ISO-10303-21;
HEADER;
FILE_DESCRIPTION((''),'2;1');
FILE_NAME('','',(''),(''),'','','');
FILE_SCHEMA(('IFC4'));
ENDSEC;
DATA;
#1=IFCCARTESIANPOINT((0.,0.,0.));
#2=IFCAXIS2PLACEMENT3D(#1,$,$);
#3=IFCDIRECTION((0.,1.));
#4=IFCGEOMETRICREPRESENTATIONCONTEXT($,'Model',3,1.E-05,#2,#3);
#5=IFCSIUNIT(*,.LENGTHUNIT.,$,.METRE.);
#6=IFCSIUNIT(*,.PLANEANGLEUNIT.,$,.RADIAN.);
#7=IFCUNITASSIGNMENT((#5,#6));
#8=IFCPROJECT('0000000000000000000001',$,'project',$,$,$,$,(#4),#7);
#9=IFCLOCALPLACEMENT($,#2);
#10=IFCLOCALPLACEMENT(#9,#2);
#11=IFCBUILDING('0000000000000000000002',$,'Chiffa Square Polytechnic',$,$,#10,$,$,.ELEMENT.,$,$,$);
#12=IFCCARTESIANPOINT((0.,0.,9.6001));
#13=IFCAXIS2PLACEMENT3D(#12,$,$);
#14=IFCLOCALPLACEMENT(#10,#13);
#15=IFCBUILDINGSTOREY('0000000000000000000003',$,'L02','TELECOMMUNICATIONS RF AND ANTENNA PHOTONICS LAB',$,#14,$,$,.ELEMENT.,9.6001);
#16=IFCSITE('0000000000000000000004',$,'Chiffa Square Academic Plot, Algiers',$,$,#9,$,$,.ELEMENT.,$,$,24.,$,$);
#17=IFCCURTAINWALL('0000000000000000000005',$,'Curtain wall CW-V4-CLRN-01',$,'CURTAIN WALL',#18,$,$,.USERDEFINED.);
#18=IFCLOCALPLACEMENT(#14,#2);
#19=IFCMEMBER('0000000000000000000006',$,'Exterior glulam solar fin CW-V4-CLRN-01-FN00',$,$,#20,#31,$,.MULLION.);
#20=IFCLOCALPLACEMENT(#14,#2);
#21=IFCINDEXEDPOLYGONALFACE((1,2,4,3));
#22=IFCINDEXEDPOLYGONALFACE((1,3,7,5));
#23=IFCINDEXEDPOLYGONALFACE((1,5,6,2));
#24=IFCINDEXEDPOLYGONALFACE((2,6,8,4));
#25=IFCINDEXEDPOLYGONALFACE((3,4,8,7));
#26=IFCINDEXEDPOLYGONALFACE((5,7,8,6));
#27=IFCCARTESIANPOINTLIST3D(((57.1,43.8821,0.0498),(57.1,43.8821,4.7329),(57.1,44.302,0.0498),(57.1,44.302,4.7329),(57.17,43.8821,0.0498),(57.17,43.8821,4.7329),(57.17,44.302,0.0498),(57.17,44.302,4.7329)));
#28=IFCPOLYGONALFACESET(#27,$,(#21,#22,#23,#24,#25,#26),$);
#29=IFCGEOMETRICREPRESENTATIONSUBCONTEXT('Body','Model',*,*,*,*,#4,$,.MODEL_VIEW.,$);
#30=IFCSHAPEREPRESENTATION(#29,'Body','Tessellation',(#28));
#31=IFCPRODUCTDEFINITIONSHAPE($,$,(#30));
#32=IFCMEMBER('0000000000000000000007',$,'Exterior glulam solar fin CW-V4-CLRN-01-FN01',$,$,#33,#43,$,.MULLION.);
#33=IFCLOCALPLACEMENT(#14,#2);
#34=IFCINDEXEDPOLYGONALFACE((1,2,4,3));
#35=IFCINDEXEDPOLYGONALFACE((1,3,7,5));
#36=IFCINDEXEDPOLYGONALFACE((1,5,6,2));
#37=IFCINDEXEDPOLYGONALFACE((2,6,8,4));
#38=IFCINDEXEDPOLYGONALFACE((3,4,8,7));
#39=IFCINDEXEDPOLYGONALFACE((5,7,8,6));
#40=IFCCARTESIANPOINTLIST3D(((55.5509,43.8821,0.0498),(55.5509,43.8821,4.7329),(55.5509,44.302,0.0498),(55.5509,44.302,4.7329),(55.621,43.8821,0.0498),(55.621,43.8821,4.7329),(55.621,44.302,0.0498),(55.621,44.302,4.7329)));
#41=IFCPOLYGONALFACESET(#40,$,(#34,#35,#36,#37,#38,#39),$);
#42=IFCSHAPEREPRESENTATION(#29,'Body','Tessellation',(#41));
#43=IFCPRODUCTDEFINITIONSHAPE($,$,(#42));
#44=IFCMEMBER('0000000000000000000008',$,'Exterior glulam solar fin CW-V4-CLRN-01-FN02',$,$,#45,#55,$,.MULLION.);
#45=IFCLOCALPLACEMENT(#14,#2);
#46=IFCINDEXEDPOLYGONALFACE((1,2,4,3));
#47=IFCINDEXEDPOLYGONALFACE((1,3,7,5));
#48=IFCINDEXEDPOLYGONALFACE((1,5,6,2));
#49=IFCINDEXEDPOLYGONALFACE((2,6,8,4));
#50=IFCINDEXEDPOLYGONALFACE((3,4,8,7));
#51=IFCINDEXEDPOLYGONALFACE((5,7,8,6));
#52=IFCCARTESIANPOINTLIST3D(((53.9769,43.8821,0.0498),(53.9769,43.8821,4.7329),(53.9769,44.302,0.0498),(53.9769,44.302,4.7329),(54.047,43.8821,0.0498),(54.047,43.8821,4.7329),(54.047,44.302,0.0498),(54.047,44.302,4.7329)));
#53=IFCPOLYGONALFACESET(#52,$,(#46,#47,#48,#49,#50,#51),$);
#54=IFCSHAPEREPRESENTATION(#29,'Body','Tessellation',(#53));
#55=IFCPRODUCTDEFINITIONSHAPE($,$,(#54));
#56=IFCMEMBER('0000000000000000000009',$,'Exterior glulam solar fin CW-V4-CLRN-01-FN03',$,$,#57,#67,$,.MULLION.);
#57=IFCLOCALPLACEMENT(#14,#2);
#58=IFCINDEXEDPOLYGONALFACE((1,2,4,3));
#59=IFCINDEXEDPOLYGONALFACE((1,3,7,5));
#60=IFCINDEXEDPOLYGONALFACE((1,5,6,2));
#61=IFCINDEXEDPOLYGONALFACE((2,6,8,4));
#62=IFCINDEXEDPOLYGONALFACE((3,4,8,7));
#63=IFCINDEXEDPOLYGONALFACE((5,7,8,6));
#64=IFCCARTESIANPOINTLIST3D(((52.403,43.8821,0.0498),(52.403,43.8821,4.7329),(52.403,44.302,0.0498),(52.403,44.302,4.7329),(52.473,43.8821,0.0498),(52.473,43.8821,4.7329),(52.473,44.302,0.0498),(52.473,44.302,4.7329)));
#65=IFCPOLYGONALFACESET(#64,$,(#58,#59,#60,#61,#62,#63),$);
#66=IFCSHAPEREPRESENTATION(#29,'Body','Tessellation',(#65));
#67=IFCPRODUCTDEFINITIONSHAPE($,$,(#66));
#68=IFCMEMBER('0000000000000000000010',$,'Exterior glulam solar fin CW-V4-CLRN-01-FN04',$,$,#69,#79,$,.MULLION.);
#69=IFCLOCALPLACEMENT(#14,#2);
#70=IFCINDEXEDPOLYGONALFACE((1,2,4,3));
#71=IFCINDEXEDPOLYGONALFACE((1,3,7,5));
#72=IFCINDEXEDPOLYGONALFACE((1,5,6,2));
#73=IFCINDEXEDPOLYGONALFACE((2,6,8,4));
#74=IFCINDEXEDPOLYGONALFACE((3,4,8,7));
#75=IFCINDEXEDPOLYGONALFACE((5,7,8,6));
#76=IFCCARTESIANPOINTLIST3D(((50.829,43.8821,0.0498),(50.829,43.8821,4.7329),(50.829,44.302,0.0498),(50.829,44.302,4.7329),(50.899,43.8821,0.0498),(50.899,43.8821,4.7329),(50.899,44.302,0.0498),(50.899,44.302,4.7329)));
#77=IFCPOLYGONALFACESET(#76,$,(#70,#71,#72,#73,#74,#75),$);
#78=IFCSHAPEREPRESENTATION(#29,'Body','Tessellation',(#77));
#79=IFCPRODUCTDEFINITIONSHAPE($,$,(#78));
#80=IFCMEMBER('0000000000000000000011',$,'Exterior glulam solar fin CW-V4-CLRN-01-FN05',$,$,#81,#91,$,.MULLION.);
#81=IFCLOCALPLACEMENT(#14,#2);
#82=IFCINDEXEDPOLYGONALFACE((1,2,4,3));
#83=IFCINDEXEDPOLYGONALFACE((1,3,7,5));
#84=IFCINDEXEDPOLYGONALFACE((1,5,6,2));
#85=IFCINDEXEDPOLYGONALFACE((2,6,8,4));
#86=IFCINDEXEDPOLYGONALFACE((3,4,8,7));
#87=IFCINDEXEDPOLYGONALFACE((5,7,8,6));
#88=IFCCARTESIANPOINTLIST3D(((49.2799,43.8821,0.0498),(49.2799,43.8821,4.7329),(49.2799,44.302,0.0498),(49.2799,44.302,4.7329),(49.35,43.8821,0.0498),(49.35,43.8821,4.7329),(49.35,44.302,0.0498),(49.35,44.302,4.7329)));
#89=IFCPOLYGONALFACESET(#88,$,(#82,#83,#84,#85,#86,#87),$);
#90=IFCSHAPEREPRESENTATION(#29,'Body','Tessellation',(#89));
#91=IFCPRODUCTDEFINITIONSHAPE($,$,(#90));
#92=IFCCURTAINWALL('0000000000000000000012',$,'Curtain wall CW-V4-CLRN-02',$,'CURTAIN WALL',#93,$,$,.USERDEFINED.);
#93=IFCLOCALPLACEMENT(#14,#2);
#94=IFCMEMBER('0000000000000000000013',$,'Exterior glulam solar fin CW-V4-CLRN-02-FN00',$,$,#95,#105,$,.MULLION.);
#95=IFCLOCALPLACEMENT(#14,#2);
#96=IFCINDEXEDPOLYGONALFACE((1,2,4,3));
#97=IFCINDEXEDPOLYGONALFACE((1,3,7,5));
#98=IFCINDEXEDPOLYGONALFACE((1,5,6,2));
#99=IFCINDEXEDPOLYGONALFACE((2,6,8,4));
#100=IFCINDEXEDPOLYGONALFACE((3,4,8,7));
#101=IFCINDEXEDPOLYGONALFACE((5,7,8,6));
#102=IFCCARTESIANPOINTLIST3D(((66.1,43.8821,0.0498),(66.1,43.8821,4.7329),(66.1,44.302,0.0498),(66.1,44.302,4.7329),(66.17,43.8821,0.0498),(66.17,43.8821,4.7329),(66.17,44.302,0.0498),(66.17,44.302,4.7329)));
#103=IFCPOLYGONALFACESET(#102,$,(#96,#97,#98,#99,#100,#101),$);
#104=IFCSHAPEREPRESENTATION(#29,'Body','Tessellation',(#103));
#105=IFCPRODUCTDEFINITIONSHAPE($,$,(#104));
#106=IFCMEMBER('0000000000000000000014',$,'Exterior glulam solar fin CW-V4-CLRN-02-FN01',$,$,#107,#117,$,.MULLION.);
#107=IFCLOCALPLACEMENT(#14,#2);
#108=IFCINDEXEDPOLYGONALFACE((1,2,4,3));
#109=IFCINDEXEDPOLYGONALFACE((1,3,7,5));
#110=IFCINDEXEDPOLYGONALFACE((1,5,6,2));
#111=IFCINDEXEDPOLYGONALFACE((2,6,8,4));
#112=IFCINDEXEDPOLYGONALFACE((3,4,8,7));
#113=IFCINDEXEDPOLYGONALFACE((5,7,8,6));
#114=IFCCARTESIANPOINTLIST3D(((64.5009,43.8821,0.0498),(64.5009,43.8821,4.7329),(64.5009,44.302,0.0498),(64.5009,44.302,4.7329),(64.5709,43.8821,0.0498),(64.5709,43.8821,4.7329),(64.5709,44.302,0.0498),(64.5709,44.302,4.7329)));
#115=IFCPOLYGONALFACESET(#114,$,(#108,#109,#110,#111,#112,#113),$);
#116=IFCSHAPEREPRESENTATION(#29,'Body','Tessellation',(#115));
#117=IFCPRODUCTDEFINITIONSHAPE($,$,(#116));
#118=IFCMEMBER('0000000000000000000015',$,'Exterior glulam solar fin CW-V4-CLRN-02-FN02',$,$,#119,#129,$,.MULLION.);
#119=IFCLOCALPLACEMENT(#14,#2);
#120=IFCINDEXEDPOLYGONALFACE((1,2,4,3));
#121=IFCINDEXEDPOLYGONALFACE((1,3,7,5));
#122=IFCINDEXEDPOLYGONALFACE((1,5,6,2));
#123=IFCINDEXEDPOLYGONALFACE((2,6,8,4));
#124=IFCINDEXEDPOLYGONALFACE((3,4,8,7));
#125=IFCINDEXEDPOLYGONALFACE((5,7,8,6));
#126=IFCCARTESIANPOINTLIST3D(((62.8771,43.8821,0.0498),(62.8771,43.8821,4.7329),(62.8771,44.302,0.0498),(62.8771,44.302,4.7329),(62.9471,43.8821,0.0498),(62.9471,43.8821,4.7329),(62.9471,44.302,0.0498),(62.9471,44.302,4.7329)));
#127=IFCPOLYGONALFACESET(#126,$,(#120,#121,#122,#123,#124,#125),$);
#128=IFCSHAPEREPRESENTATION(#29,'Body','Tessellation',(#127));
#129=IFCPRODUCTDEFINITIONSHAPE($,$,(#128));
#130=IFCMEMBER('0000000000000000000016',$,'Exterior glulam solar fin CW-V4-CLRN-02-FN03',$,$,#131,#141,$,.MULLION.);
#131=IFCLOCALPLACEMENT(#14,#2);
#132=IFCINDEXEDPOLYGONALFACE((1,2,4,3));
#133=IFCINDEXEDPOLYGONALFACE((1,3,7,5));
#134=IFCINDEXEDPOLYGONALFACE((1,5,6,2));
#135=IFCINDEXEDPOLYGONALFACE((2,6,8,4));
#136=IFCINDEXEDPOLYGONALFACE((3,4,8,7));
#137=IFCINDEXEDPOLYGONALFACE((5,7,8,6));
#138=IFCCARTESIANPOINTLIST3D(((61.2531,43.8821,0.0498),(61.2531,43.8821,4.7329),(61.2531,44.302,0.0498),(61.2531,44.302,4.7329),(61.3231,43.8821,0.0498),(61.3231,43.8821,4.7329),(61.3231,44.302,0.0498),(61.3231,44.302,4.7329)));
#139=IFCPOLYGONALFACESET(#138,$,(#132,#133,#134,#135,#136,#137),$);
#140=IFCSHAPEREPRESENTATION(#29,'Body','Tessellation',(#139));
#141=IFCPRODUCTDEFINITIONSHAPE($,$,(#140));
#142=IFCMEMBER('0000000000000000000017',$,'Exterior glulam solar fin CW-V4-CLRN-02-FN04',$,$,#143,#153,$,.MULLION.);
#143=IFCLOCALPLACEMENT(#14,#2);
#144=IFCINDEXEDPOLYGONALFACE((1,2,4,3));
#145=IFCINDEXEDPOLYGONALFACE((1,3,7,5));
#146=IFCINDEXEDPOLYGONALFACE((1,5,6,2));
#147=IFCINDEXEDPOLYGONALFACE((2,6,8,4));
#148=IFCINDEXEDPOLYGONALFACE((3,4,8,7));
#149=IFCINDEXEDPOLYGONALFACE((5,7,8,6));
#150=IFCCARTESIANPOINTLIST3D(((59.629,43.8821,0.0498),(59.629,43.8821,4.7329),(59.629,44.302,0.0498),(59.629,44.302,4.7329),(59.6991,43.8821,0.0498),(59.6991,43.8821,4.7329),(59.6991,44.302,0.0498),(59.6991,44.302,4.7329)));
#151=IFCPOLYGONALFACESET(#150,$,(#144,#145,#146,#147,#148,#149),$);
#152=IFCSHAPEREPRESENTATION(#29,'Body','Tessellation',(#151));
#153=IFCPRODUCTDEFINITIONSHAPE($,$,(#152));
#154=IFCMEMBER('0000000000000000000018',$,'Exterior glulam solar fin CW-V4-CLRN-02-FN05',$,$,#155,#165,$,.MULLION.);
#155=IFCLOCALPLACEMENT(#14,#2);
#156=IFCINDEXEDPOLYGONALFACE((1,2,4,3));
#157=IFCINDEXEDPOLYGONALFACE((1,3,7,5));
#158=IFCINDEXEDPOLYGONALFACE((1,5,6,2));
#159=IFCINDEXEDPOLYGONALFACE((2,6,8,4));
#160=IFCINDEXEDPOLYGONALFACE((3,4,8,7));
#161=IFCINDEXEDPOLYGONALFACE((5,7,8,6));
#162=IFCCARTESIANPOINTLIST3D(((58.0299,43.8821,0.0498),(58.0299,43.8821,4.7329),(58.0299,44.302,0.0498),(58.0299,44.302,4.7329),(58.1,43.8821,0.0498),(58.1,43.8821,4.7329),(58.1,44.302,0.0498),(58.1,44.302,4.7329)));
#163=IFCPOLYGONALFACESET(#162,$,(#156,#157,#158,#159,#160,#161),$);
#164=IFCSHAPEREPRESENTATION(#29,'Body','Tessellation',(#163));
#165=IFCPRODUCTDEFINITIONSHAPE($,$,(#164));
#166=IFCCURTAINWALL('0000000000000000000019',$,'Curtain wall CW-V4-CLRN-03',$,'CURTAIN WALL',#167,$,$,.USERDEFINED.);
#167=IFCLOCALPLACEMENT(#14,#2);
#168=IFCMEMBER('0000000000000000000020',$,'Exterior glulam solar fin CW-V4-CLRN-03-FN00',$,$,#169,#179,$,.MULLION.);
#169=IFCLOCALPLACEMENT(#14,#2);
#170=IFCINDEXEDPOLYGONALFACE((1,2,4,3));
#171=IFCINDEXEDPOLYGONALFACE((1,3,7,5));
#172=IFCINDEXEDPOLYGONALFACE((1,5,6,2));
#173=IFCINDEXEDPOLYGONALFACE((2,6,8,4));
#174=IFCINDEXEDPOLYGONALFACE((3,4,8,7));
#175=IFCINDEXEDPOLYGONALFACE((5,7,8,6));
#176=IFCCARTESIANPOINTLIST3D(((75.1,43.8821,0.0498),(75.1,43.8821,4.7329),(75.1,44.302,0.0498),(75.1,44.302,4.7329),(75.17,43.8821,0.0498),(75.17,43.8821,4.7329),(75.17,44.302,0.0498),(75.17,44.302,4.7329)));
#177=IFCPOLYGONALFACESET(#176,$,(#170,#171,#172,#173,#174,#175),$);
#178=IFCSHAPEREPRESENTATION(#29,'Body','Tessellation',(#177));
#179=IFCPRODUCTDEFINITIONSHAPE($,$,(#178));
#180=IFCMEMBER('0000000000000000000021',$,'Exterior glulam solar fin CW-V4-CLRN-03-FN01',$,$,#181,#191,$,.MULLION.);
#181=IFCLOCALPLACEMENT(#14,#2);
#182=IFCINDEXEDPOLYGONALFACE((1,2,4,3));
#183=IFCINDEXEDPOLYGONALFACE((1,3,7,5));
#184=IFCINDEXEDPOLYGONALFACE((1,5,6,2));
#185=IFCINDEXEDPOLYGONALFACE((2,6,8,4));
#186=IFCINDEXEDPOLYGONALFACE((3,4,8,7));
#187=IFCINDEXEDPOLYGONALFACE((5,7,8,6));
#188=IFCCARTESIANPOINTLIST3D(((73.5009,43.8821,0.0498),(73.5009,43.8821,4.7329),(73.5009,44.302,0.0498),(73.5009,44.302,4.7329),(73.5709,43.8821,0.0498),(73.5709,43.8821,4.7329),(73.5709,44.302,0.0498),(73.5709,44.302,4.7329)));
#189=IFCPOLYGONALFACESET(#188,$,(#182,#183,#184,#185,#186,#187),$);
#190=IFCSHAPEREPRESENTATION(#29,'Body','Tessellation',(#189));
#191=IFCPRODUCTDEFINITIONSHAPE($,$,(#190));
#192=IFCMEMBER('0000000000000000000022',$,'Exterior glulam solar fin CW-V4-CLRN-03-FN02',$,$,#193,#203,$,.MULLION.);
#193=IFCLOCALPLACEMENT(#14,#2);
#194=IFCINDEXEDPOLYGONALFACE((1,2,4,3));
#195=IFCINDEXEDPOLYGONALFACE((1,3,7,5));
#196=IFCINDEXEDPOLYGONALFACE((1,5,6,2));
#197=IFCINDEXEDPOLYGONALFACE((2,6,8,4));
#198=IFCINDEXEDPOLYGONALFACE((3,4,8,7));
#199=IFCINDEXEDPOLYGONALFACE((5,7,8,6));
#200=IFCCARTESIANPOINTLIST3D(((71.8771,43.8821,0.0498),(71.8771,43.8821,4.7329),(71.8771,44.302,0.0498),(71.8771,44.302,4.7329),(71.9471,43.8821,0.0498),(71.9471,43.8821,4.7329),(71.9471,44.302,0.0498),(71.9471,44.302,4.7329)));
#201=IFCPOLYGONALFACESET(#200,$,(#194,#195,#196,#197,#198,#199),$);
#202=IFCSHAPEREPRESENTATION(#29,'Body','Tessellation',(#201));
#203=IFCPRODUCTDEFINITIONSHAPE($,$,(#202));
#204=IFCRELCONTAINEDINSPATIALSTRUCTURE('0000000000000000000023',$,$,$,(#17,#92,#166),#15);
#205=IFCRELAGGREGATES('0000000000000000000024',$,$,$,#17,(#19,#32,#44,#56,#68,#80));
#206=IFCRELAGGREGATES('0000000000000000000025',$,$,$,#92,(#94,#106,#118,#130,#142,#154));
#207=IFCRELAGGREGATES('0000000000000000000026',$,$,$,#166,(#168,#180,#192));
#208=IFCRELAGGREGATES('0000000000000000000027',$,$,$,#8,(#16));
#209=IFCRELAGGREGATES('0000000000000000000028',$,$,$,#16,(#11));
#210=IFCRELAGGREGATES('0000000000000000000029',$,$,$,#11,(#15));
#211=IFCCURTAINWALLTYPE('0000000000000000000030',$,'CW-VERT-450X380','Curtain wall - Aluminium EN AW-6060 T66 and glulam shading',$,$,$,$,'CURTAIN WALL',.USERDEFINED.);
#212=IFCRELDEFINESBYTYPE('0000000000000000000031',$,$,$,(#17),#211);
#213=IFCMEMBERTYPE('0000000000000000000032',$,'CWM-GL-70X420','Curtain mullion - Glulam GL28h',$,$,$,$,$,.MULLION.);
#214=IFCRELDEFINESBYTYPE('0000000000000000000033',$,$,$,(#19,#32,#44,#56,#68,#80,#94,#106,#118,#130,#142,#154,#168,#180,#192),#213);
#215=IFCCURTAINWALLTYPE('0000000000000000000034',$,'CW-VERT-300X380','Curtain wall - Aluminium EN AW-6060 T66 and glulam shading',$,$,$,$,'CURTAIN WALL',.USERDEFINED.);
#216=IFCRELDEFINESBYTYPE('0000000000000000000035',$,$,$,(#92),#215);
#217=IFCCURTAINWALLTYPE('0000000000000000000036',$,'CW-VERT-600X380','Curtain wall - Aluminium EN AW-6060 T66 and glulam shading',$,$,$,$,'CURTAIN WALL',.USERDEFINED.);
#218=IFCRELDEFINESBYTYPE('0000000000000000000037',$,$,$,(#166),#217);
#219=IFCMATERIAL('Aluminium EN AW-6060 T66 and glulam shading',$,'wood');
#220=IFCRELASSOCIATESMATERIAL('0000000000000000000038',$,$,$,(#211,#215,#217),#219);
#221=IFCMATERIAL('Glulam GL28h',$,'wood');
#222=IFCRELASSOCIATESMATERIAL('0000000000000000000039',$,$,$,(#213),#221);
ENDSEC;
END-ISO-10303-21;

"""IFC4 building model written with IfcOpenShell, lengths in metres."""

from ifc_helpers import new_model, si_unit, direction, frame, origin, origin_2d, place, context, subcontext, project, spatial, rectangle, extrude, material, material_profile, profile_set, type_object, element, aggregate, save


model = new_model("IFC4")

# Units and contexts
model_context = context("Model", 3, precision=1e-05, world=origin(), true_north=direction((0.0, 1.0)))
body_context = subcontext(model_context, "Body", "Model", "MODEL_VIEW")
ifc_project = project(units=[si_unit("LENGTHUNIT", "METRE"), si_unit("PLANEANGLEUNIT", "RADIAN")], contexts=[model_context])

# Site, building, storey
site_placement = place(None, origin())
site = spatial("IfcSite", under=ifc_project, at=site_placement, Name="Chiffa Square Academic Plot, Algiers", CompositionType="ELEMENT", RefElevation=24.0)
building_placement = place(site_placement, origin())
building = spatial("IfcBuilding", under=site, at=building_placement, Name="Chiffa Square Polytechnic", CompositionType="ELEMENT")
storey_placement = place(building_placement, frame((0.0, 0.0, 9.6001)))
storey = spatial("IfcBuildingStorey", under=building, at=storey_placement, Name="L02", Description="TELECOMMUNICATIONS RF AND ANTENNA PHOTONICS LAB", CompositionType="ELEMENT", Elevation=9.6001)

# Curtain walls, members
ifc_material_1 = material(Name="Aluminium EN AW-6060 T66 and glulam shading", Category="wood")
curtain_wall_type_1 = type_object("IfcCurtainWallType", Name="CW-VERT-450X380", Description="Curtain wall - Aluminium EN AW-6060 T66 and glulam shading", ElementType="CURTAIN WALL", PredefinedType="USERDEFINED", material=ifc_material_1)
curtain_wall_1_placement = place(storey_placement, origin())
curtain_wall_1 = element("IfcCurtainWall", 1, at=curtain_wall_1_placement, inside=storey, type_object=curtain_wall_type_1, Name="Curtain wall CW-V4-CLRN-01", ObjectType="CURTAIN WALL", PredefinedType="USERDEFINED")
ifc_material_2 = material(Name="Glulam GL28h", Category="wood")
ifc_material_profile_1 = material_profile(ifc_material_2, rectangle(XDim=0.0701, YDim=0.4199, at=origin_2d()), Name="GL28h 70x420")
ifc_profile_set_1 = profile_set([ifc_material_profile_1], Name="Glulam GL28h")
member_type_1 = type_object("IfcMemberType", Name="CWM-GL-70X420", Description="Curtain mullion - Glulam GL28h", PredefinedType="MULLION", material=ifc_profile_set_1)
member_1_placement = place(storey_placement, frame((57.135, 44.092, 0.0498), z_axis=(0.0, 0.0, 1.0), x_axis=(-1.0, 0.0, 0.0)))
member_1 = element("IfcMember", 2, at=member_1_placement, type_object=member_type_1, Name="Exterior glulam solar fin CW-V4-CLRN-01-FN00", PredefinedType="MULLION", context=body_context, shape_type="SweptSolid", body=[
    extrude(rectangle(XDim=0.0701, YDim=0.4199, at=origin_2d()), origin(), (0.0, 0.0, 1.0), 4.6831),
])
member_2_placement = place(storey_placement, frame((55.5859, 44.092, 0.0498), z_axis=(0.0, 0.0, 1.0), x_axis=(-1.0, 0.0, 0.0)))
member_2 = element("IfcMember", 3, at=member_2_placement, type_object=member_type_1, Name="Exterior glulam solar fin CW-V4-CLRN-01-FN01", PredefinedType="MULLION", context=body_context, shape_type="SweptSolid", body=[
    extrude(rectangle(XDim=0.0701, YDim=0.4199, at=origin_2d()), origin(), (0.0, 0.0, 1.0), 4.6831),
])
member_3_placement = place(storey_placement, frame((54.012, 44.092, 0.0498), z_axis=(0.0, 0.0, 1.0), x_axis=(-1.0, 0.0, 0.0)))
member_3 = element("IfcMember", 4, at=member_3_placement, type_object=member_type_1, Name="Exterior glulam solar fin CW-V4-CLRN-01-FN02", PredefinedType="MULLION", context=body_context, shape_type="SweptSolid", body=[
    extrude(rectangle(XDim=0.0701, YDim=0.4199, at=origin_2d()), origin(), (0.0, 0.0, 1.0), 4.6831),
])
member_4_placement = place(storey_placement, frame((52.438, 44.092, 0.0498), z_axis=(0.0, 0.0, 1.0), x_axis=(-1.0, 0.0, 0.0)))
member_4 = element("IfcMember", 5, at=member_4_placement, type_object=member_type_1, Name="Exterior glulam solar fin CW-V4-CLRN-01-FN03", PredefinedType="MULLION", context=body_context, shape_type="SweptSolid", body=[
    extrude(rectangle(XDim=0.0701, YDim=0.4199, at=origin_2d()), origin(), (0.0, 0.0, 1.0), 4.6831),
])
member_5_placement = place(storey_placement, frame((50.864, 44.092, 0.0498), z_axis=(0.0, 0.0, 1.0), x_axis=(-1.0, 0.0, 0.0)))
member_5 = element("IfcMember", 6, at=member_5_placement, type_object=member_type_1, Name="Exterior glulam solar fin CW-V4-CLRN-01-FN04", PredefinedType="MULLION", context=body_context, shape_type="SweptSolid", body=[
    extrude(rectangle(XDim=0.0701, YDim=0.4199, at=origin_2d()), origin(), (0.0, 0.0, 1.0), 4.6831),
])
member_6_placement = place(storey_placement, frame((49.3149, 44.092, 0.0498), z_axis=(0.0, 0.0, 1.0), x_axis=(-1.0, 0.0, 0.0)))
member_6 = element("IfcMember", 7, at=member_6_placement, type_object=member_type_1, Name="Exterior glulam solar fin CW-V4-CLRN-01-FN05", PredefinedType="MULLION", context=body_context, shape_type="SweptSolid", body=[
    extrude(rectangle(XDim=0.0701, YDim=0.4199, at=origin_2d()), origin(), (0.0, 0.0, 1.0), 4.6831),
])
curtain_wall_type_2 = type_object("IfcCurtainWallType", Name="CW-VERT-300X380", Description="Curtain wall - Aluminium EN AW-6060 T66 and glulam shading", ElementType="CURTAIN WALL", PredefinedType="USERDEFINED", material=ifc_material_1)
curtain_wall_2_placement = place(storey_placement, origin())
curtain_wall_2 = element("IfcCurtainWall", 8, at=curtain_wall_2_placement, inside=storey, type_object=curtain_wall_type_2, Name="Curtain wall CW-V4-CLRN-02", ObjectType="CURTAIN WALL", PredefinedType="USERDEFINED")
member_7_placement = place(storey_placement, frame((66.135, 44.092, 0.0498), z_axis=(0.0, 0.0, 1.0), x_axis=(-1.0, 0.0, 0.0)))
member_7 = element("IfcMember", 9, at=member_7_placement, type_object=member_type_1, Name="Exterior glulam solar fin CW-V4-CLRN-02-FN00", PredefinedType="MULLION", context=body_context, shape_type="SweptSolid", body=[
    extrude(rectangle(XDim=0.0701, YDim=0.4199, at=origin_2d()), origin(), (0.0, 0.0, 1.0), 4.6831),
])
member_8_placement = place(storey_placement, frame((64.5359, 44.092, 0.0498), z_axis=(0.0, 0.0, 1.0), x_axis=(-1.0, 0.0, 0.0)))
member_8 = element("IfcMember", 10, at=member_8_placement, type_object=member_type_1, Name="Exterior glulam solar fin CW-V4-CLRN-02-FN01", PredefinedType="MULLION", context=body_context, shape_type="SweptSolid", body=[
    extrude(rectangle(XDim=0.0701, YDim=0.4199, at=origin_2d()), origin(), (0.0, 0.0, 1.0), 4.6831),
])
member_9_placement = place(storey_placement, frame((62.9121, 44.092, 0.0498), z_axis=(0.0, 0.0, 1.0), x_axis=(-1.0, 0.0, 0.0)))
member_9 = element("IfcMember", 11, at=member_9_placement, type_object=member_type_1, Name="Exterior glulam solar fin CW-V4-CLRN-02-FN02", PredefinedType="MULLION", context=body_context, shape_type="SweptSolid", body=[
    extrude(rectangle(XDim=0.0701, YDim=0.4199, at=origin_2d()), origin(), (0.0, 0.0, 1.0), 4.6831),
])
member_10_placement = place(storey_placement, frame((61.2881, 44.092, 0.0498), z_axis=(0.0, 0.0, 1.0), x_axis=(-1.0, 0.0, 0.0)))
member_10 = element("IfcMember", 12, at=member_10_placement, type_object=member_type_1, Name="Exterior glulam solar fin CW-V4-CLRN-02-FN03", PredefinedType="MULLION", context=body_context, shape_type="SweptSolid", body=[
    extrude(rectangle(XDim=0.0701, YDim=0.4199, at=origin_2d()), origin(), (0.0, 0.0, 1.0), 4.6831),
])
member_11_placement = place(storey_placement, frame((59.6641, 44.092, 0.0498), z_axis=(0.0, 0.0, 1.0), x_axis=(-1.0, 0.0, 0.0)))
member_11 = element("IfcMember", 13, at=member_11_placement, type_object=member_type_1, Name="Exterior glulam solar fin CW-V4-CLRN-02-FN04", PredefinedType="MULLION", context=body_context, shape_type="SweptSolid", body=[
    extrude(rectangle(XDim=0.0701, YDim=0.4199, at=origin_2d()), origin(), (0.0, 0.0, 1.0), 4.6831),
])
member_12_placement = place(storey_placement, frame((58.0649, 44.092, 0.0498), z_axis=(0.0, 0.0, 1.0), x_axis=(-1.0, 0.0, 0.0)))
member_12 = element("IfcMember", 14, at=member_12_placement, type_object=member_type_1, Name="Exterior glulam solar fin CW-V4-CLRN-02-FN05", PredefinedType="MULLION", context=body_context, shape_type="SweptSolid", body=[
    extrude(rectangle(XDim=0.0701, YDim=0.4199, at=origin_2d()), origin(), (0.0, 0.0, 1.0), 4.6831),
])
curtain_wall_type_3 = type_object("IfcCurtainWallType", Name="CW-VERT-600X380", Description="Curtain wall - Aluminium EN AW-6060 T66 and glulam shading", ElementType="CURTAIN WALL", PredefinedType="USERDEFINED", material=ifc_material_1)
curtain_wall_3_placement = place(storey_placement, origin())
curtain_wall_3 = element("IfcCurtainWall", 15, at=curtain_wall_3_placement, inside=storey, type_object=curtain_wall_type_3, Name="Curtain wall CW-V4-CLRN-03", ObjectType="CURTAIN WALL", PredefinedType="USERDEFINED")
member_13_placement = place(storey_placement, frame((75.135, 44.092, 0.0498), z_axis=(0.0, 0.0, 1.0), x_axis=(-1.0, 0.0, 0.0)))
member_13 = element("IfcMember", 16, at=member_13_placement, type_object=member_type_1, Name="Exterior glulam solar fin CW-V4-CLRN-03-FN00", PredefinedType="MULLION", context=body_context, shape_type="SweptSolid", body=[
    extrude(rectangle(XDim=0.0701, YDim=0.4199, at=origin_2d()), origin(), (0.0, 0.0, 1.0), 4.6831),
])
member_14_placement = place(storey_placement, frame((73.5359, 44.092, 0.0498), z_axis=(0.0, 0.0, 1.0), x_axis=(-1.0, 0.0, 0.0)))
member_14 = element("IfcMember", 17, at=member_14_placement, type_object=member_type_1, Name="Exterior glulam solar fin CW-V4-CLRN-03-FN01", PredefinedType="MULLION", context=body_context, shape_type="SweptSolid", body=[
    extrude(rectangle(XDim=0.0701, YDim=0.4199, at=origin_2d()), origin(), (0.0, 0.0, 1.0), 4.6831),
])
member_15_placement = place(storey_placement, frame((71.9121, 44.092, 0.0498), z_axis=(0.0, 0.0, 1.0), x_axis=(-1.0, 0.0, 0.0)))
member_15 = element("IfcMember", 18, at=member_15_placement, type_object=member_type_1, Name="Exterior glulam solar fin CW-V4-CLRN-03-FN02", PredefinedType="MULLION", context=body_context, shape_type="SweptSolid", body=[
    extrude(rectangle(XDim=0.0701, YDim=0.4199, at=origin_2d()), origin(), (0.0, 0.0, 1.0), 4.6831),
])

aggregate(curtain_wall_1, [member_1, member_2, member_3, member_4, member_5, member_6])
aggregate(curtain_wall_2, [member_7, member_8, member_9, member_10, member_11, member_12])
aggregate(curtain_wall_3, [member_13, member_14, member_15])

save(model, "model.ifc")
